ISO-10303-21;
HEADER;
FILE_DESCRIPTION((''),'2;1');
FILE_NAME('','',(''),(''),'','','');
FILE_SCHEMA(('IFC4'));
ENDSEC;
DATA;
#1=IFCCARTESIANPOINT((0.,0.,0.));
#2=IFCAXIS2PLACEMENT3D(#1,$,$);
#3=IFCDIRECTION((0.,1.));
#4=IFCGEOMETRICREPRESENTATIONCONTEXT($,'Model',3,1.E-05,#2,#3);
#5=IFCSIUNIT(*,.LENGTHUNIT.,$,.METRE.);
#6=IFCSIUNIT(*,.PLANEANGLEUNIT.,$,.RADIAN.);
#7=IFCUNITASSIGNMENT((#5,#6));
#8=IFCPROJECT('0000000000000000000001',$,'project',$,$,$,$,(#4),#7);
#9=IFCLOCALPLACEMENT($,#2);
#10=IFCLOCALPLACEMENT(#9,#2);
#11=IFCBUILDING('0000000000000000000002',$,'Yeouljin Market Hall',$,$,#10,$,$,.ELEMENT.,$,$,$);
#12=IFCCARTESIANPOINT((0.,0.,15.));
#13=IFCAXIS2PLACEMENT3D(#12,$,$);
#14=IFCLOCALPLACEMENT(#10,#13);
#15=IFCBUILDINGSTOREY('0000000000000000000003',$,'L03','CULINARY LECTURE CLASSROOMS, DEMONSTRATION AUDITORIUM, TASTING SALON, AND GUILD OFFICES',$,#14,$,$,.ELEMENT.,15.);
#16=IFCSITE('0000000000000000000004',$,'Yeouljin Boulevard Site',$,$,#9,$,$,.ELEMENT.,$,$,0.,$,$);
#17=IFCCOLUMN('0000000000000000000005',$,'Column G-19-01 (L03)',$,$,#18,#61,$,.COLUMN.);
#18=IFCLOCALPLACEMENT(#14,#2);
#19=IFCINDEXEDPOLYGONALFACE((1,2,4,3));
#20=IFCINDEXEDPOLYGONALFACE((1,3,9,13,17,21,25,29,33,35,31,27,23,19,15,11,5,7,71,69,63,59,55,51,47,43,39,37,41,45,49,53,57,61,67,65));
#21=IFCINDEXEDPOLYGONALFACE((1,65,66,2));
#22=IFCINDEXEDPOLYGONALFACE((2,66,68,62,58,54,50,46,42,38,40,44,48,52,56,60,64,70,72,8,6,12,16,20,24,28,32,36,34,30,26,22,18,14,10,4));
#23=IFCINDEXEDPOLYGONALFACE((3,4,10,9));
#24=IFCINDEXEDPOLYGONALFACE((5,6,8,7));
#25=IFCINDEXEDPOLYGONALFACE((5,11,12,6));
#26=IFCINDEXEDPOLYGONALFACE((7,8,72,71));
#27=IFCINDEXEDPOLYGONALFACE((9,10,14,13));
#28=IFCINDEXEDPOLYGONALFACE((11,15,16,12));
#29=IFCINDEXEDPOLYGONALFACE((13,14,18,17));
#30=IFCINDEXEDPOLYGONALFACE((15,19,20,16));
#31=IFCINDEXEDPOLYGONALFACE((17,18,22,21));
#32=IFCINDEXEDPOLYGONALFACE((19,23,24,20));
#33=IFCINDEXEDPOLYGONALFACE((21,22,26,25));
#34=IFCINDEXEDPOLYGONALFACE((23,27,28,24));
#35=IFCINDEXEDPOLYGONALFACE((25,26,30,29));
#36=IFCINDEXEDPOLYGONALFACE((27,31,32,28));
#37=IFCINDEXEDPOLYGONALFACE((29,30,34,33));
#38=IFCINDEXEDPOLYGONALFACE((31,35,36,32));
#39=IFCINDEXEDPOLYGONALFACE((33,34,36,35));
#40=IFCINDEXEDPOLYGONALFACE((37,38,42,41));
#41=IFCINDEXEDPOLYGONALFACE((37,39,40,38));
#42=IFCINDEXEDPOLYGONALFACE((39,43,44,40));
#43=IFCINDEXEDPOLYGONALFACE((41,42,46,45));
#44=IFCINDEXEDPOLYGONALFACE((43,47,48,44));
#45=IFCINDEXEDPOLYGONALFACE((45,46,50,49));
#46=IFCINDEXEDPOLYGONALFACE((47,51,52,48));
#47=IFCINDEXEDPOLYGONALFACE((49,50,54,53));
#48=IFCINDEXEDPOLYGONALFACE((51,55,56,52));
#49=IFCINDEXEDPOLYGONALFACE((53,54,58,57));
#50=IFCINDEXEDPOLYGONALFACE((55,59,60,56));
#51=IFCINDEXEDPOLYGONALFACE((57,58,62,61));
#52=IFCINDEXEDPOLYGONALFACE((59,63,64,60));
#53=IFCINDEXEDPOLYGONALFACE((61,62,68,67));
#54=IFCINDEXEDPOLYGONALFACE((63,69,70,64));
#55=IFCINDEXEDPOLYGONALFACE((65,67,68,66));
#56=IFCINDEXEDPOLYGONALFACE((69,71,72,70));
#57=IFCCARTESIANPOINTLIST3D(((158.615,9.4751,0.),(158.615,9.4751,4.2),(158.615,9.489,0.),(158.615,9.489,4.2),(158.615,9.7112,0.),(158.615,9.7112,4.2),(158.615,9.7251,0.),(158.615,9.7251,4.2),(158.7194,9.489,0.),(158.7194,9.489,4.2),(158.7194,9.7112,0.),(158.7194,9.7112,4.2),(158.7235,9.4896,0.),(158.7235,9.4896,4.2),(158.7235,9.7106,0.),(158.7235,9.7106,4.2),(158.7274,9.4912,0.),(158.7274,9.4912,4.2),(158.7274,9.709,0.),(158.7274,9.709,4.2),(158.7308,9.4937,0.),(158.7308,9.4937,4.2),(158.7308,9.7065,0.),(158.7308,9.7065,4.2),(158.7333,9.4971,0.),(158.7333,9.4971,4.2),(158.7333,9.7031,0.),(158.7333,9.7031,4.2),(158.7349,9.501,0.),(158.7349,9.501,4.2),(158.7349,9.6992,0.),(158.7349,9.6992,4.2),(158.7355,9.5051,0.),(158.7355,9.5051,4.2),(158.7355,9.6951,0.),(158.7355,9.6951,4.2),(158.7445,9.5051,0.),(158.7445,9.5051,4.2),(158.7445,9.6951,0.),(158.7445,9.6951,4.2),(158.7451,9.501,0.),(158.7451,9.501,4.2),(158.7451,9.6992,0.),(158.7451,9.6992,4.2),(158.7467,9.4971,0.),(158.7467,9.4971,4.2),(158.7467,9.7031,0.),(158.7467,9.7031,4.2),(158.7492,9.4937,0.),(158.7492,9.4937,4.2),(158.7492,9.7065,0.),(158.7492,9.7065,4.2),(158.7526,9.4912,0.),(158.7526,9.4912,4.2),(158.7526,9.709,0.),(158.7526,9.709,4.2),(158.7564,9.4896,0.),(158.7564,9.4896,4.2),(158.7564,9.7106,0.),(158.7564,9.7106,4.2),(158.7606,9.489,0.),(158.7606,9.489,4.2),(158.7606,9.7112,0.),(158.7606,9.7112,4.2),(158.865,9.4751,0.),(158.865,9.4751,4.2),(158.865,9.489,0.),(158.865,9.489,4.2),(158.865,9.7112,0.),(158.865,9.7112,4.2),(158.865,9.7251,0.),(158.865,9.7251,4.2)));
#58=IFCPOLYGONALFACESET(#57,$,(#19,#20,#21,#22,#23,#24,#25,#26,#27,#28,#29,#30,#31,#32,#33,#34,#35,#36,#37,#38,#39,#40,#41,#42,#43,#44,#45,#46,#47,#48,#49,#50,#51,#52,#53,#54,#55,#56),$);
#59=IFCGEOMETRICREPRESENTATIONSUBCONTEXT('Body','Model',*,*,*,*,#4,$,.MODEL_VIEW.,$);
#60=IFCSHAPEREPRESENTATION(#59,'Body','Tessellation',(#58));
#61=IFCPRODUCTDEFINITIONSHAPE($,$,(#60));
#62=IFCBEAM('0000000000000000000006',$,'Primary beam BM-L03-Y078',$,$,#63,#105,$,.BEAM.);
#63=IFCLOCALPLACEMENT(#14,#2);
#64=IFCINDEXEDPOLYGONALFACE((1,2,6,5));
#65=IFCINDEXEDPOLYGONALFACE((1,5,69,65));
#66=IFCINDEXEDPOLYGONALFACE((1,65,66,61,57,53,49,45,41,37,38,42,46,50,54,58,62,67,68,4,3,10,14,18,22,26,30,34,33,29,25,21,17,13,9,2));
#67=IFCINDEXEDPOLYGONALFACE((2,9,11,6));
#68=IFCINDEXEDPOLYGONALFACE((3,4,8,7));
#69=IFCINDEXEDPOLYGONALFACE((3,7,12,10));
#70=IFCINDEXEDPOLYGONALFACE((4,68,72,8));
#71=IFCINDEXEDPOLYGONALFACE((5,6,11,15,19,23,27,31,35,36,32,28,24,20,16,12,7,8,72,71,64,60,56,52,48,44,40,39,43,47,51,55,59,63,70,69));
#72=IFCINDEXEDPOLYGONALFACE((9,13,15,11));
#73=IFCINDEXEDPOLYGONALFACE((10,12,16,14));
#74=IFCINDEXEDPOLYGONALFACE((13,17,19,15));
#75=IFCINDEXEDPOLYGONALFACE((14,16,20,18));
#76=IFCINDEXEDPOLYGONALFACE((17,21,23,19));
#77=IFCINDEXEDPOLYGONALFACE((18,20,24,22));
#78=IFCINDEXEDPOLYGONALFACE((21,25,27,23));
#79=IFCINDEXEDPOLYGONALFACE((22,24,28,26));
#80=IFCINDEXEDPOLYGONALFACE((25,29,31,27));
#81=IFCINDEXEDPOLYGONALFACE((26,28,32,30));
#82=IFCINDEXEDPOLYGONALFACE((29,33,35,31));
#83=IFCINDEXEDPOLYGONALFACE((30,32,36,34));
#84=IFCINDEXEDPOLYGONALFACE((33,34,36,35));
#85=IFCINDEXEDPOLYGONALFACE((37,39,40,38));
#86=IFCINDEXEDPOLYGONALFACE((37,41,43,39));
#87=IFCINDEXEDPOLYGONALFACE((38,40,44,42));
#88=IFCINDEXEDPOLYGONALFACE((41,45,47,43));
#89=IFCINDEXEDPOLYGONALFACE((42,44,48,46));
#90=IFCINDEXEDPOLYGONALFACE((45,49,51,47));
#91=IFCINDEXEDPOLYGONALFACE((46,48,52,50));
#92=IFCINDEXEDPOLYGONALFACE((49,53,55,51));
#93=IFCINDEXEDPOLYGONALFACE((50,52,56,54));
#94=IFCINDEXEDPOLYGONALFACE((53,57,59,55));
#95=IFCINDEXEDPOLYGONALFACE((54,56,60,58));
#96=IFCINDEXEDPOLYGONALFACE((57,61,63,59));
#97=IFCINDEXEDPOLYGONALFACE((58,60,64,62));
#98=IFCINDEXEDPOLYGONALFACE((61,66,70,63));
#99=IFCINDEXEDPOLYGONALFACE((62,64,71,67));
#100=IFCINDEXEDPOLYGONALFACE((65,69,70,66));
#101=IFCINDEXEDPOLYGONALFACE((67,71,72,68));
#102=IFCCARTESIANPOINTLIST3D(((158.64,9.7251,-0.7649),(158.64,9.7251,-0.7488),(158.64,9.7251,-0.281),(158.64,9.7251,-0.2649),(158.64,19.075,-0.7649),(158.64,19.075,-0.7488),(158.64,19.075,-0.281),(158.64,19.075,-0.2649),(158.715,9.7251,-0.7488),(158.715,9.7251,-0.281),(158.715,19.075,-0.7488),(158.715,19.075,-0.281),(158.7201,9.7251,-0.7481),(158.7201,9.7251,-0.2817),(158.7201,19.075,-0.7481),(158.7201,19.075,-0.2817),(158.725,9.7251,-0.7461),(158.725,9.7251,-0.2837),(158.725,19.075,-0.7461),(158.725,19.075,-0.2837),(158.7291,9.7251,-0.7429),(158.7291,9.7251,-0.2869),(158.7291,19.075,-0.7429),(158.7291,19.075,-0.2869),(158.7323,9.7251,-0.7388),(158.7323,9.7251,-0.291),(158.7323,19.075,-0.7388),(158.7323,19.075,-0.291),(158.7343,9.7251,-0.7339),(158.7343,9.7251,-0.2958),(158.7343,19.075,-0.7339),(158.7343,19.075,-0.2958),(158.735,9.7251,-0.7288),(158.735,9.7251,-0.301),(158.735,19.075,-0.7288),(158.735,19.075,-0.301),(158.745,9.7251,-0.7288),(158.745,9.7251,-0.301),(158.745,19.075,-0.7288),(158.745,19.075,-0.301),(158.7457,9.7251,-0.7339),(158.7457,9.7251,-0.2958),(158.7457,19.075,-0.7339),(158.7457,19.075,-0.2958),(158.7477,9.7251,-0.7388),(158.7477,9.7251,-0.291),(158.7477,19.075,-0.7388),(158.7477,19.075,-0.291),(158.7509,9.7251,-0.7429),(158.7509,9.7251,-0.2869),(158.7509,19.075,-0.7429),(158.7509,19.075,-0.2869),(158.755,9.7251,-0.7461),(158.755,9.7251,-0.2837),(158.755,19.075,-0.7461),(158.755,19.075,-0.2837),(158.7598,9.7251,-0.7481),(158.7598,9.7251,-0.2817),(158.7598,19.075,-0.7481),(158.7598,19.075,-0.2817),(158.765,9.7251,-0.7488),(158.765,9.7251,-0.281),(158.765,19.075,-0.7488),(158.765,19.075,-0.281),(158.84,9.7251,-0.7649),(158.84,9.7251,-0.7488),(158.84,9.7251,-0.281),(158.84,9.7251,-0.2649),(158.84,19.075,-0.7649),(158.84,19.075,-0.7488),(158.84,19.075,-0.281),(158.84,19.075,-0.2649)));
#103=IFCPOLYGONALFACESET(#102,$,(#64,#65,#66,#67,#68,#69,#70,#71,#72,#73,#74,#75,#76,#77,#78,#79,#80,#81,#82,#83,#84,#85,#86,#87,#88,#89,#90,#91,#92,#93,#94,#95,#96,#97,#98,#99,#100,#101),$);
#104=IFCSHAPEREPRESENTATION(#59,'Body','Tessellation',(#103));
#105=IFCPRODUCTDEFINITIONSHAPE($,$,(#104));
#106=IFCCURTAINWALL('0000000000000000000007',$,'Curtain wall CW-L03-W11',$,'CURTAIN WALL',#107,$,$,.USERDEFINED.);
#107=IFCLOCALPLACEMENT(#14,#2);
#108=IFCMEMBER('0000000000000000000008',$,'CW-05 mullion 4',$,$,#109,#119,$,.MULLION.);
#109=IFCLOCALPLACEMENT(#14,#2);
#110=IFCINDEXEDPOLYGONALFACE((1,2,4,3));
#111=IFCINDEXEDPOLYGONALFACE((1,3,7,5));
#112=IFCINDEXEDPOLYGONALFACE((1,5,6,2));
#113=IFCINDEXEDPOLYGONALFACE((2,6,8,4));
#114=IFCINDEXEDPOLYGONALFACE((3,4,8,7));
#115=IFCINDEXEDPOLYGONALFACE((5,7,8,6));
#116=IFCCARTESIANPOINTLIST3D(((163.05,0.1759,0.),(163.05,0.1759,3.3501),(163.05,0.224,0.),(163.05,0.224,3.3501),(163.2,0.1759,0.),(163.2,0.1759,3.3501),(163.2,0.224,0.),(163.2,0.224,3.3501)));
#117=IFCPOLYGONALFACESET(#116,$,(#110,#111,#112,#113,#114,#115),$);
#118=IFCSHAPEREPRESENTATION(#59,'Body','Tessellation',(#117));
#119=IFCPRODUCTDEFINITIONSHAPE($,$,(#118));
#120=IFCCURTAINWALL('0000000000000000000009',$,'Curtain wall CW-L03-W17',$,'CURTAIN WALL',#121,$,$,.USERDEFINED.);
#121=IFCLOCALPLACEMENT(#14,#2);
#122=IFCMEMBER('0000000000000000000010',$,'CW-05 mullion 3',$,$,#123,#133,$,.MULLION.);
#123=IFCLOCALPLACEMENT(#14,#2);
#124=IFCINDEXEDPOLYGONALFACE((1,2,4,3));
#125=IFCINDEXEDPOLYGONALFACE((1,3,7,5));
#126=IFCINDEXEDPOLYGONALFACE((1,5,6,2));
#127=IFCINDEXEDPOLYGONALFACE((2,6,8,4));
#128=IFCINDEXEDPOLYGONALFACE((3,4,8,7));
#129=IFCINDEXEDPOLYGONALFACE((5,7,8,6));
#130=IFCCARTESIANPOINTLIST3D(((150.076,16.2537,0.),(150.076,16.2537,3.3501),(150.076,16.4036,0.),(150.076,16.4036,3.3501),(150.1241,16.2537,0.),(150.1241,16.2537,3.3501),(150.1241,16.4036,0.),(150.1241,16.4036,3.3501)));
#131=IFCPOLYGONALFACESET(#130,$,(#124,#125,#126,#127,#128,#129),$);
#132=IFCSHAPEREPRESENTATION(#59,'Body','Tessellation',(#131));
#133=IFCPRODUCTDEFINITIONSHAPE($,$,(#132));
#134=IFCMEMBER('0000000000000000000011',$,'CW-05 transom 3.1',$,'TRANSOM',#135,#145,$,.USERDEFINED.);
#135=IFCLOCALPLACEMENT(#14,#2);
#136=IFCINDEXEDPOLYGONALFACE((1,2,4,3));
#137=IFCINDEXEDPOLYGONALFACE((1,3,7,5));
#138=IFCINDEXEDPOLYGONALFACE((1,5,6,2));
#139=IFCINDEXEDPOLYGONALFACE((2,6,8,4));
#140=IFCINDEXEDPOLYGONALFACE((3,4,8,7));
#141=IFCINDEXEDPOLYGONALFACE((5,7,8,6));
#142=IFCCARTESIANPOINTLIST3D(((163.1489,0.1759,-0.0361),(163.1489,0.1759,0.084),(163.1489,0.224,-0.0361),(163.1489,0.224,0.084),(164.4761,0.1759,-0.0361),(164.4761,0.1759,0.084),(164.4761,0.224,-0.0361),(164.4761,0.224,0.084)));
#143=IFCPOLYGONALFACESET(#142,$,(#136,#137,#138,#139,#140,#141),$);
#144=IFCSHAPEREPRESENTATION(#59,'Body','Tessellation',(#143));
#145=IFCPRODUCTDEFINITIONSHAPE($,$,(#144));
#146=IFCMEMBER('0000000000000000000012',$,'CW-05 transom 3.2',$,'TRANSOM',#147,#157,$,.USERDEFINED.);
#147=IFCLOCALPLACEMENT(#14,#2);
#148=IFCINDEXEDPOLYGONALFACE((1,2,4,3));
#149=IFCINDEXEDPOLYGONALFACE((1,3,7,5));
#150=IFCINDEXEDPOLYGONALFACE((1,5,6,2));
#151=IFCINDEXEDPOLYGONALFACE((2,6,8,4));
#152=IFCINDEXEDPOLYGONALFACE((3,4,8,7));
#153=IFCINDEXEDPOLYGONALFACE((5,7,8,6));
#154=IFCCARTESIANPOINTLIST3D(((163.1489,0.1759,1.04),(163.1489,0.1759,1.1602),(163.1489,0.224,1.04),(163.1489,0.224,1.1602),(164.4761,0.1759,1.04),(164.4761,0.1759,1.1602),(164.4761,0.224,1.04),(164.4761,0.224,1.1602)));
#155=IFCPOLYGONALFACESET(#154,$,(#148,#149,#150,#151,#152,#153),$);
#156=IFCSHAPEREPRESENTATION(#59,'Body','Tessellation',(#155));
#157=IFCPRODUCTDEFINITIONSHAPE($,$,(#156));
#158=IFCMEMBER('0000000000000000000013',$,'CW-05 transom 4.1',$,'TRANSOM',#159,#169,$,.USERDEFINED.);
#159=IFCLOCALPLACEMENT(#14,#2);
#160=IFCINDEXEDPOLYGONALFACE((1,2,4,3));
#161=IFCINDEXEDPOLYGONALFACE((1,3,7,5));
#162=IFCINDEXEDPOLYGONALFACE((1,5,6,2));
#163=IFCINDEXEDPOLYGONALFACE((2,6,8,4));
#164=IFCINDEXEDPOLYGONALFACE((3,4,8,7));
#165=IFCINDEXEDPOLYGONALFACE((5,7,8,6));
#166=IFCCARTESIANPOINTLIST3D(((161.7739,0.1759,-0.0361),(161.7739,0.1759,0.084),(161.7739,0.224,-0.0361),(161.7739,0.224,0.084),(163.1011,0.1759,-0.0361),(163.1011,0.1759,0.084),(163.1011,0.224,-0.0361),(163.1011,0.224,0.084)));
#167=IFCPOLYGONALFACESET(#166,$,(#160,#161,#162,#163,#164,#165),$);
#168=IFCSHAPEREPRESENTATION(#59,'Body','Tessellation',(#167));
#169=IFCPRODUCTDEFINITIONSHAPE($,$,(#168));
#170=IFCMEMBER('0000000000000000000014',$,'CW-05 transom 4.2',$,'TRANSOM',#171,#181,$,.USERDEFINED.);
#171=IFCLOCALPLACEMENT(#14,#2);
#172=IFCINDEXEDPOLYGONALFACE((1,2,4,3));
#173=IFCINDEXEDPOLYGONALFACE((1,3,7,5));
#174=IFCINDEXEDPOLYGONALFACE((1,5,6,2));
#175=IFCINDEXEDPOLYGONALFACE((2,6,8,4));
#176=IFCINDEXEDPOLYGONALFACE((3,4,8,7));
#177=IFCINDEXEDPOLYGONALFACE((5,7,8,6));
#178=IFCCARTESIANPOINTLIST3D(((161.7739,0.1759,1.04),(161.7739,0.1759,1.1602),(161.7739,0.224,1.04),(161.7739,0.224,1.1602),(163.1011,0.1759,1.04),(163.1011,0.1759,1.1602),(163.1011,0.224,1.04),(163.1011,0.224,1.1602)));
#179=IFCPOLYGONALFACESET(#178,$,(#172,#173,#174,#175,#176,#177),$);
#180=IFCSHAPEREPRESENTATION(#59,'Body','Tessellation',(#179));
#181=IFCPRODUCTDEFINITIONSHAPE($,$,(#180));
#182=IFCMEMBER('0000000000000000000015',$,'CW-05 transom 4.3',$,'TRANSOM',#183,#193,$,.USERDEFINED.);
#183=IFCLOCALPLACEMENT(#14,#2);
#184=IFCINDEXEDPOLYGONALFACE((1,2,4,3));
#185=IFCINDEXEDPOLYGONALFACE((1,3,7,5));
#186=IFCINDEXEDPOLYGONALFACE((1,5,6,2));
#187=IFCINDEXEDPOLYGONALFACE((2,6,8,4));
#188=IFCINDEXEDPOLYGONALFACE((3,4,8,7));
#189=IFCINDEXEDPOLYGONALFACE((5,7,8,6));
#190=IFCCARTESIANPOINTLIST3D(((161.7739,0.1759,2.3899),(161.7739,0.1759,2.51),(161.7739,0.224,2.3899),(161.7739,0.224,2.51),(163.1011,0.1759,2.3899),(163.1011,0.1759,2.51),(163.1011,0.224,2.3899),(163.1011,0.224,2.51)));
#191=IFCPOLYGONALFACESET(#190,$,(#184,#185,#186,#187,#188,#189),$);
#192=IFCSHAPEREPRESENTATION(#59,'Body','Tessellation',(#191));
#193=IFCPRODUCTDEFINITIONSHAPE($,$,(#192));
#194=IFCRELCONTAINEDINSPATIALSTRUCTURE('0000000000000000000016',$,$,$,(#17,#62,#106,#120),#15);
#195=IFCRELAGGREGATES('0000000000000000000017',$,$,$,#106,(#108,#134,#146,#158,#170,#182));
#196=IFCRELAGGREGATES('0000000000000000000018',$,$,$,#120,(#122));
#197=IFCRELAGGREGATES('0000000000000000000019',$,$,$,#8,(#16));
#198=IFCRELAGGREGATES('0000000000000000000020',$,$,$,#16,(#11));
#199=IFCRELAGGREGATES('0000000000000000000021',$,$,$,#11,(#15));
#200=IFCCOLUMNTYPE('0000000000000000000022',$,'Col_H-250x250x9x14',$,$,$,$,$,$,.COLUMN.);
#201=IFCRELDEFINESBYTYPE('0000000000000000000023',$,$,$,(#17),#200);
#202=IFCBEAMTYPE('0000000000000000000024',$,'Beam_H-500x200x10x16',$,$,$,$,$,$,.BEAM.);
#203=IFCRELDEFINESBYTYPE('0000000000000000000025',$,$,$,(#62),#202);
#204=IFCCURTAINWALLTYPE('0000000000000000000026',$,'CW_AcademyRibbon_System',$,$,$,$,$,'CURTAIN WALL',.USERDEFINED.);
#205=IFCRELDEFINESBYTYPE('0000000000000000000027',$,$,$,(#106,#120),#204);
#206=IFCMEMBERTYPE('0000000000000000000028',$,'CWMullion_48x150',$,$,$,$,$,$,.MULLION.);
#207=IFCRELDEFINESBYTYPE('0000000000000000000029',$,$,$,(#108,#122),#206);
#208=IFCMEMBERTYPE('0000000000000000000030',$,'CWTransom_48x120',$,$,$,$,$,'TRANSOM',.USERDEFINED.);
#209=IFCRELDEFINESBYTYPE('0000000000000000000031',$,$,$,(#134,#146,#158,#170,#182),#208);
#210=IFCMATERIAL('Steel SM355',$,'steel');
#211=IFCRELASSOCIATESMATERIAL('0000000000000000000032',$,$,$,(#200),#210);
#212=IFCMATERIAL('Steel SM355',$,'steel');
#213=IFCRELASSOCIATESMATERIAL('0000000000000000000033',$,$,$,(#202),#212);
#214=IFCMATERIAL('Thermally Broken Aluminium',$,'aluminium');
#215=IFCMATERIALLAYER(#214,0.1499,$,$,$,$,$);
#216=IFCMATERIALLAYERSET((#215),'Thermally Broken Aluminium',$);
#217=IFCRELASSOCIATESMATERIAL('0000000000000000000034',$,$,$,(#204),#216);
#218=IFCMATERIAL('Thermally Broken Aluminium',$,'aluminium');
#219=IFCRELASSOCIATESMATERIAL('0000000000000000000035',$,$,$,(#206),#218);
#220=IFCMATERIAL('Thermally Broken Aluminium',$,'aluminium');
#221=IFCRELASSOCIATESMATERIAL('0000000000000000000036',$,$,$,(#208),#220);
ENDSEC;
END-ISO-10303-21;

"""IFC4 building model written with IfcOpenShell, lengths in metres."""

from ifc_helpers import new_model, si_unit, direction, frame, origin, origin_2d, place, context, subcontext, project, spatial, rectangle, i_section, extrude, material, layer, layer_set, material_profile, profile_set, type_object, element, aggregate, save


model = new_model("IFC4")

# Units and contexts
model_context = context("Model", 3, precision=1e-05, world=origin(), true_north=direction((0.0, 1.0)))
body_context = subcontext(model_context, "Body", "Model", "MODEL_VIEW")
ifc_project = project(units=[si_unit("LENGTHUNIT", "METRE"), si_unit("PLANEANGLEUNIT", "RADIAN")], contexts=[model_context])

# Site, building, storey
site_placement = place(None, origin())
site = spatial("IfcSite", under=ifc_project, at=site_placement, Name="Yeouljin Boulevard Site", CompositionType="ELEMENT", RefElevation=0.0)
building_placement = place(site_placement, origin())
building = spatial("IfcBuilding", under=site, at=building_placement, Name="Yeouljin Market Hall", CompositionType="ELEMENT")
storey_placement = place(building_placement, frame((0.0, 0.0, 15.0)))
storey = spatial("IfcBuildingStorey", under=building, at=storey_placement, Name="L03", Description="CULINARY LECTURE CLASSROOMS, DEMONSTRATION AUDITORIUM, TASTING SALON, AND GUILD OFFICES", CompositionType="ELEMENT", Elevation=15.0)

# Column
ifc_material_1 = material(Name="Steel SM355", Category="steel")
ifc_material_profile_1 = material_profile(ifc_material_1, i_section(OverallWidth=0.25, OverallDepth=0.25, WebThickness=0.009, FlangeThickness=0.0139, FilletRadius=0.0161, at=origin_2d()), Name="H-250x250x9x14")
ifc_profile_set_1 = profile_set([ifc_material_profile_1], Name="Steel SM355")
column_type = type_object("IfcColumnType", Name="Col_H-250x250x9x14", PredefinedType="COLUMN", material=ifc_profile_set_1)
column_placement = place(storey_placement, frame((158.74, 9.6001, 0.0), z_axis=(0.0, 0.0, 1.0), x_axis=(1.0, 0.0, 0.0)))
element("IfcColumn", 1, at=column_placement, inside=storey, type_object=column_type, Name="Column G-19-01 (L03)", PredefinedType="COLUMN", context=body_context, shape_type="SweptSolid", body=[
    extrude(i_section(OverallWidth=0.25, OverallDepth=0.25, WebThickness=0.009, FlangeThickness=0.0139, FilletRadius=0.0161, at=origin_2d()), origin(), (0.0, 0.0, 1.0), 4.2),
])

# Beam
ifc_material_2 = material(Name="Steel SM355", Category="steel")
ifc_material_profile_2 = material_profile(ifc_material_2, i_section(OverallWidth=0.2, OverallDepth=0.5, WebThickness=0.01, FlangeThickness=0.0161, FilletRadius=0.02, at=origin_2d()), Name="H-500x200x10x16")
ifc_profile_set_2 = profile_set([ifc_material_profile_2], Name="Steel SM355")
beam_type_1 = type_object("IfcBeamType", Name="Beam_H-500x200x10x16", PredefinedType="BEAM", material=ifc_profile_set_2)
beam_1_placement = place(storey_placement, frame((158.74, 9.7251, -0.5149), z_axis=(0.0, 1.0, 0.0), x_axis=(-1.0, 0.0, 0.0)))
element("IfcBeam", 2, at=beam_1_placement, inside=storey, type_object=beam_type_1, Name="Primary beam BM-L03-Y078", PredefinedType="BEAM", context=body_context, shape_type="SweptSolid", body=[
    extrude(i_section(OverallWidth=0.2, OverallDepth=0.5, WebThickness=0.01, FlangeThickness=0.0161, FilletRadius=0.02, at=origin_2d()), origin(), (0.0, 0.0, 1.0), 9.3499),
])

# Curtain walls, members
ifc_material_3 = material(Name="Thermally Broken Aluminium", Category="aluminium")
ifc_layer_1 = layer(ifc_material_3, 0.1499)
ifc_layer_set_1 = layer_set([ifc_layer_1], Name="Thermally Broken Aluminium")
curtain_wall_type = type_object("IfcCurtainWallType", Name="CW_AcademyRibbon_System", ElementType="CURTAIN WALL", PredefinedType="USERDEFINED", material=ifc_layer_set_1)
curtain_wall_1_placement = place(storey_placement, origin())
curtain_wall_1 = element("IfcCurtainWall", 3, at=curtain_wall_1_placement, inside=storey, type_object=curtain_wall_type, Name="Curtain wall CW-L03-W11", ObjectType="CURTAIN WALL", PredefinedType="USERDEFINED")
ifc_material_4 = material(Name="Thermally Broken Aluminium", Category="aluminium")
ifc_material_profile_3 = material_profile(ifc_material_4, rectangle(XDim=0.0481, YDim=0.1499, at=origin_2d()), Name="CW-MULL-48x150")
ifc_profile_set_3 = profile_set([ifc_material_profile_3], Name="Thermally Broken Aluminium")
member_type_1 = type_object("IfcMemberType", Name="CWMullion_48x150", PredefinedType="MULLION", material=ifc_profile_set_3)
member_1_placement = place(storey_placement, frame((163.125, 0.2, 0.0), z_axis=(0.0, 0.0, 1.0), x_axis=(0.0, -1.0, 0.0)))
member_1 = element("IfcMember", 4, at=member_1_placement, type_object=member_type_1, Name="CW-05 mullion 4", PredefinedType="MULLION", context=body_context, shape_type="SweptSolid", body=[
    extrude(rectangle(XDim=0.0481, YDim=0.1499, at=origin_2d()), origin(), (0.0, 0.0, 1.0), 3.3501),
])
curtain_wall_2_placement = place(storey_placement, origin())
curtain_wall_2 = element("IfcCurtainWall", 5, at=curtain_wall_2_placement, inside=storey, type_object=curtain_wall_type, Name="Curtain wall CW-L03-W17", ObjectType="CURTAIN WALL", PredefinedType="USERDEFINED")
member_2_placement = place(storey_placement, frame((150.1001, 16.3286, 0.0), z_axis=(0.0, 0.0, 1.0), x_axis=(1.0, 0.0, 0.0)))
member_2 = element("IfcMember", 6, at=member_2_placement, type_object=member_type_1, Name="CW-05 mullion 3", PredefinedType="MULLION", context=body_context, shape_type="SweptSolid", body=[
    extrude(rectangle(XDim=0.0481, YDim=0.1499, at=origin_2d()), origin(), (0.0, 0.0, 1.0), 3.3501),
])

# Members
ifc_material_5 = material(Name="Thermally Broken Aluminium", Category="aluminium")
ifc_material_profile_4 = material_profile(ifc_material_5, rectangle(XDim=0.0481, YDim=0.1201, at=origin_2d()), Name="CW-TRAN-48x120")
ifc_profile_set_4 = profile_set([ifc_material_profile_4], Name="Thermally Broken Aluminium")
member_type_2 = type_object("IfcMemberType", Name="CWTransom_48x120", ElementType="TRANSOM", PredefinedType="USERDEFINED", material=ifc_profile_set_4)
member_3_placement = place(storey_placement, frame((164.4761, 0.2, 0.0239), z_axis=(-1.0, 0.0, 0.0), x_axis=(0.0, -1.0, 0.0)))
member_3 = element("IfcMember", 7, at=member_3_placement, type_object=member_type_2, Name="CW-05 transom 3.1", ObjectType="TRANSOM", PredefinedType="USERDEFINED", context=body_context, shape_type="SweptSolid", body=[
    extrude(rectangle(XDim=0.0481, YDim=0.1201, at=origin_2d()), origin(), (0.0, 0.0, 1.0), 1.3271),
])
member_4_placement = place(storey_placement, frame((164.4761, 0.2, 1.1001), z_axis=(-1.0, 0.0, 0.0), x_axis=(0.0, -1.0, 0.0)))
member_4 = element("IfcMember", 8, at=member_4_placement, type_object=member_type_2, Name="CW-05 transom 3.2", ObjectType="TRANSOM", PredefinedType="USERDEFINED", context=body_context, shape_type="SweptSolid", body=[
    extrude(rectangle(XDim=0.0481, YDim=0.1201, at=origin_2d()), origin(), (0.0, 0.0, 1.0), 1.3271),
])
member_5_placement = place(storey_placement, frame((163.1011, 0.2, 0.0239), z_axis=(-1.0, 0.0, 0.0), x_axis=(0.0, -1.0, 0.0)))
member_5 = element("IfcMember", 9, at=member_5_placement, type_object=member_type_2, Name="CW-05 transom 4.1", ObjectType="TRANSOM", PredefinedType="USERDEFINED", context=body_context, shape_type="SweptSolid", body=[
    extrude(rectangle(XDim=0.0481, YDim=0.1201, at=origin_2d()), origin(), (0.0, 0.0, 1.0), 1.3271),
])
member_6_placement = place(storey_placement, frame((163.1011, 0.2, 1.1001), z_axis=(-1.0, 0.0, 0.0), x_axis=(0.0, -1.0, 0.0)))
member_6 = element("IfcMember", 10, at=member_6_placement, type_object=member_type_2, Name="CW-05 transom 4.2", ObjectType="TRANSOM", PredefinedType="USERDEFINED", context=body_context, shape_type="SweptSolid", body=[
    extrude(rectangle(XDim=0.0481, YDim=0.1201, at=origin_2d()), origin(), (0.0, 0.0, 1.0), 1.3271),
])
member_7_placement = place(storey_placement, frame((163.1011, 0.2, 2.45), z_axis=(-1.0, 0.0, 0.0), x_axis=(0.0, -1.0, 0.0)))
member_7 = element("IfcMember", 11, at=member_7_placement, type_object=member_type_2, Name="CW-05 transom 4.3", ObjectType="TRANSOM", PredefinedType="USERDEFINED", context=body_context, shape_type="SweptSolid", body=[
    extrude(rectangle(XDim=0.0481, YDim=0.1201, at=origin_2d()), origin(), (0.0, 0.0, 1.0), 1.3271),
])

aggregate(curtain_wall_1, [member_1, member_3, member_4, member_5, member_6, member_7])
aggregate(curtain_wall_2, [member_2])

save(model, "model.ifc")
